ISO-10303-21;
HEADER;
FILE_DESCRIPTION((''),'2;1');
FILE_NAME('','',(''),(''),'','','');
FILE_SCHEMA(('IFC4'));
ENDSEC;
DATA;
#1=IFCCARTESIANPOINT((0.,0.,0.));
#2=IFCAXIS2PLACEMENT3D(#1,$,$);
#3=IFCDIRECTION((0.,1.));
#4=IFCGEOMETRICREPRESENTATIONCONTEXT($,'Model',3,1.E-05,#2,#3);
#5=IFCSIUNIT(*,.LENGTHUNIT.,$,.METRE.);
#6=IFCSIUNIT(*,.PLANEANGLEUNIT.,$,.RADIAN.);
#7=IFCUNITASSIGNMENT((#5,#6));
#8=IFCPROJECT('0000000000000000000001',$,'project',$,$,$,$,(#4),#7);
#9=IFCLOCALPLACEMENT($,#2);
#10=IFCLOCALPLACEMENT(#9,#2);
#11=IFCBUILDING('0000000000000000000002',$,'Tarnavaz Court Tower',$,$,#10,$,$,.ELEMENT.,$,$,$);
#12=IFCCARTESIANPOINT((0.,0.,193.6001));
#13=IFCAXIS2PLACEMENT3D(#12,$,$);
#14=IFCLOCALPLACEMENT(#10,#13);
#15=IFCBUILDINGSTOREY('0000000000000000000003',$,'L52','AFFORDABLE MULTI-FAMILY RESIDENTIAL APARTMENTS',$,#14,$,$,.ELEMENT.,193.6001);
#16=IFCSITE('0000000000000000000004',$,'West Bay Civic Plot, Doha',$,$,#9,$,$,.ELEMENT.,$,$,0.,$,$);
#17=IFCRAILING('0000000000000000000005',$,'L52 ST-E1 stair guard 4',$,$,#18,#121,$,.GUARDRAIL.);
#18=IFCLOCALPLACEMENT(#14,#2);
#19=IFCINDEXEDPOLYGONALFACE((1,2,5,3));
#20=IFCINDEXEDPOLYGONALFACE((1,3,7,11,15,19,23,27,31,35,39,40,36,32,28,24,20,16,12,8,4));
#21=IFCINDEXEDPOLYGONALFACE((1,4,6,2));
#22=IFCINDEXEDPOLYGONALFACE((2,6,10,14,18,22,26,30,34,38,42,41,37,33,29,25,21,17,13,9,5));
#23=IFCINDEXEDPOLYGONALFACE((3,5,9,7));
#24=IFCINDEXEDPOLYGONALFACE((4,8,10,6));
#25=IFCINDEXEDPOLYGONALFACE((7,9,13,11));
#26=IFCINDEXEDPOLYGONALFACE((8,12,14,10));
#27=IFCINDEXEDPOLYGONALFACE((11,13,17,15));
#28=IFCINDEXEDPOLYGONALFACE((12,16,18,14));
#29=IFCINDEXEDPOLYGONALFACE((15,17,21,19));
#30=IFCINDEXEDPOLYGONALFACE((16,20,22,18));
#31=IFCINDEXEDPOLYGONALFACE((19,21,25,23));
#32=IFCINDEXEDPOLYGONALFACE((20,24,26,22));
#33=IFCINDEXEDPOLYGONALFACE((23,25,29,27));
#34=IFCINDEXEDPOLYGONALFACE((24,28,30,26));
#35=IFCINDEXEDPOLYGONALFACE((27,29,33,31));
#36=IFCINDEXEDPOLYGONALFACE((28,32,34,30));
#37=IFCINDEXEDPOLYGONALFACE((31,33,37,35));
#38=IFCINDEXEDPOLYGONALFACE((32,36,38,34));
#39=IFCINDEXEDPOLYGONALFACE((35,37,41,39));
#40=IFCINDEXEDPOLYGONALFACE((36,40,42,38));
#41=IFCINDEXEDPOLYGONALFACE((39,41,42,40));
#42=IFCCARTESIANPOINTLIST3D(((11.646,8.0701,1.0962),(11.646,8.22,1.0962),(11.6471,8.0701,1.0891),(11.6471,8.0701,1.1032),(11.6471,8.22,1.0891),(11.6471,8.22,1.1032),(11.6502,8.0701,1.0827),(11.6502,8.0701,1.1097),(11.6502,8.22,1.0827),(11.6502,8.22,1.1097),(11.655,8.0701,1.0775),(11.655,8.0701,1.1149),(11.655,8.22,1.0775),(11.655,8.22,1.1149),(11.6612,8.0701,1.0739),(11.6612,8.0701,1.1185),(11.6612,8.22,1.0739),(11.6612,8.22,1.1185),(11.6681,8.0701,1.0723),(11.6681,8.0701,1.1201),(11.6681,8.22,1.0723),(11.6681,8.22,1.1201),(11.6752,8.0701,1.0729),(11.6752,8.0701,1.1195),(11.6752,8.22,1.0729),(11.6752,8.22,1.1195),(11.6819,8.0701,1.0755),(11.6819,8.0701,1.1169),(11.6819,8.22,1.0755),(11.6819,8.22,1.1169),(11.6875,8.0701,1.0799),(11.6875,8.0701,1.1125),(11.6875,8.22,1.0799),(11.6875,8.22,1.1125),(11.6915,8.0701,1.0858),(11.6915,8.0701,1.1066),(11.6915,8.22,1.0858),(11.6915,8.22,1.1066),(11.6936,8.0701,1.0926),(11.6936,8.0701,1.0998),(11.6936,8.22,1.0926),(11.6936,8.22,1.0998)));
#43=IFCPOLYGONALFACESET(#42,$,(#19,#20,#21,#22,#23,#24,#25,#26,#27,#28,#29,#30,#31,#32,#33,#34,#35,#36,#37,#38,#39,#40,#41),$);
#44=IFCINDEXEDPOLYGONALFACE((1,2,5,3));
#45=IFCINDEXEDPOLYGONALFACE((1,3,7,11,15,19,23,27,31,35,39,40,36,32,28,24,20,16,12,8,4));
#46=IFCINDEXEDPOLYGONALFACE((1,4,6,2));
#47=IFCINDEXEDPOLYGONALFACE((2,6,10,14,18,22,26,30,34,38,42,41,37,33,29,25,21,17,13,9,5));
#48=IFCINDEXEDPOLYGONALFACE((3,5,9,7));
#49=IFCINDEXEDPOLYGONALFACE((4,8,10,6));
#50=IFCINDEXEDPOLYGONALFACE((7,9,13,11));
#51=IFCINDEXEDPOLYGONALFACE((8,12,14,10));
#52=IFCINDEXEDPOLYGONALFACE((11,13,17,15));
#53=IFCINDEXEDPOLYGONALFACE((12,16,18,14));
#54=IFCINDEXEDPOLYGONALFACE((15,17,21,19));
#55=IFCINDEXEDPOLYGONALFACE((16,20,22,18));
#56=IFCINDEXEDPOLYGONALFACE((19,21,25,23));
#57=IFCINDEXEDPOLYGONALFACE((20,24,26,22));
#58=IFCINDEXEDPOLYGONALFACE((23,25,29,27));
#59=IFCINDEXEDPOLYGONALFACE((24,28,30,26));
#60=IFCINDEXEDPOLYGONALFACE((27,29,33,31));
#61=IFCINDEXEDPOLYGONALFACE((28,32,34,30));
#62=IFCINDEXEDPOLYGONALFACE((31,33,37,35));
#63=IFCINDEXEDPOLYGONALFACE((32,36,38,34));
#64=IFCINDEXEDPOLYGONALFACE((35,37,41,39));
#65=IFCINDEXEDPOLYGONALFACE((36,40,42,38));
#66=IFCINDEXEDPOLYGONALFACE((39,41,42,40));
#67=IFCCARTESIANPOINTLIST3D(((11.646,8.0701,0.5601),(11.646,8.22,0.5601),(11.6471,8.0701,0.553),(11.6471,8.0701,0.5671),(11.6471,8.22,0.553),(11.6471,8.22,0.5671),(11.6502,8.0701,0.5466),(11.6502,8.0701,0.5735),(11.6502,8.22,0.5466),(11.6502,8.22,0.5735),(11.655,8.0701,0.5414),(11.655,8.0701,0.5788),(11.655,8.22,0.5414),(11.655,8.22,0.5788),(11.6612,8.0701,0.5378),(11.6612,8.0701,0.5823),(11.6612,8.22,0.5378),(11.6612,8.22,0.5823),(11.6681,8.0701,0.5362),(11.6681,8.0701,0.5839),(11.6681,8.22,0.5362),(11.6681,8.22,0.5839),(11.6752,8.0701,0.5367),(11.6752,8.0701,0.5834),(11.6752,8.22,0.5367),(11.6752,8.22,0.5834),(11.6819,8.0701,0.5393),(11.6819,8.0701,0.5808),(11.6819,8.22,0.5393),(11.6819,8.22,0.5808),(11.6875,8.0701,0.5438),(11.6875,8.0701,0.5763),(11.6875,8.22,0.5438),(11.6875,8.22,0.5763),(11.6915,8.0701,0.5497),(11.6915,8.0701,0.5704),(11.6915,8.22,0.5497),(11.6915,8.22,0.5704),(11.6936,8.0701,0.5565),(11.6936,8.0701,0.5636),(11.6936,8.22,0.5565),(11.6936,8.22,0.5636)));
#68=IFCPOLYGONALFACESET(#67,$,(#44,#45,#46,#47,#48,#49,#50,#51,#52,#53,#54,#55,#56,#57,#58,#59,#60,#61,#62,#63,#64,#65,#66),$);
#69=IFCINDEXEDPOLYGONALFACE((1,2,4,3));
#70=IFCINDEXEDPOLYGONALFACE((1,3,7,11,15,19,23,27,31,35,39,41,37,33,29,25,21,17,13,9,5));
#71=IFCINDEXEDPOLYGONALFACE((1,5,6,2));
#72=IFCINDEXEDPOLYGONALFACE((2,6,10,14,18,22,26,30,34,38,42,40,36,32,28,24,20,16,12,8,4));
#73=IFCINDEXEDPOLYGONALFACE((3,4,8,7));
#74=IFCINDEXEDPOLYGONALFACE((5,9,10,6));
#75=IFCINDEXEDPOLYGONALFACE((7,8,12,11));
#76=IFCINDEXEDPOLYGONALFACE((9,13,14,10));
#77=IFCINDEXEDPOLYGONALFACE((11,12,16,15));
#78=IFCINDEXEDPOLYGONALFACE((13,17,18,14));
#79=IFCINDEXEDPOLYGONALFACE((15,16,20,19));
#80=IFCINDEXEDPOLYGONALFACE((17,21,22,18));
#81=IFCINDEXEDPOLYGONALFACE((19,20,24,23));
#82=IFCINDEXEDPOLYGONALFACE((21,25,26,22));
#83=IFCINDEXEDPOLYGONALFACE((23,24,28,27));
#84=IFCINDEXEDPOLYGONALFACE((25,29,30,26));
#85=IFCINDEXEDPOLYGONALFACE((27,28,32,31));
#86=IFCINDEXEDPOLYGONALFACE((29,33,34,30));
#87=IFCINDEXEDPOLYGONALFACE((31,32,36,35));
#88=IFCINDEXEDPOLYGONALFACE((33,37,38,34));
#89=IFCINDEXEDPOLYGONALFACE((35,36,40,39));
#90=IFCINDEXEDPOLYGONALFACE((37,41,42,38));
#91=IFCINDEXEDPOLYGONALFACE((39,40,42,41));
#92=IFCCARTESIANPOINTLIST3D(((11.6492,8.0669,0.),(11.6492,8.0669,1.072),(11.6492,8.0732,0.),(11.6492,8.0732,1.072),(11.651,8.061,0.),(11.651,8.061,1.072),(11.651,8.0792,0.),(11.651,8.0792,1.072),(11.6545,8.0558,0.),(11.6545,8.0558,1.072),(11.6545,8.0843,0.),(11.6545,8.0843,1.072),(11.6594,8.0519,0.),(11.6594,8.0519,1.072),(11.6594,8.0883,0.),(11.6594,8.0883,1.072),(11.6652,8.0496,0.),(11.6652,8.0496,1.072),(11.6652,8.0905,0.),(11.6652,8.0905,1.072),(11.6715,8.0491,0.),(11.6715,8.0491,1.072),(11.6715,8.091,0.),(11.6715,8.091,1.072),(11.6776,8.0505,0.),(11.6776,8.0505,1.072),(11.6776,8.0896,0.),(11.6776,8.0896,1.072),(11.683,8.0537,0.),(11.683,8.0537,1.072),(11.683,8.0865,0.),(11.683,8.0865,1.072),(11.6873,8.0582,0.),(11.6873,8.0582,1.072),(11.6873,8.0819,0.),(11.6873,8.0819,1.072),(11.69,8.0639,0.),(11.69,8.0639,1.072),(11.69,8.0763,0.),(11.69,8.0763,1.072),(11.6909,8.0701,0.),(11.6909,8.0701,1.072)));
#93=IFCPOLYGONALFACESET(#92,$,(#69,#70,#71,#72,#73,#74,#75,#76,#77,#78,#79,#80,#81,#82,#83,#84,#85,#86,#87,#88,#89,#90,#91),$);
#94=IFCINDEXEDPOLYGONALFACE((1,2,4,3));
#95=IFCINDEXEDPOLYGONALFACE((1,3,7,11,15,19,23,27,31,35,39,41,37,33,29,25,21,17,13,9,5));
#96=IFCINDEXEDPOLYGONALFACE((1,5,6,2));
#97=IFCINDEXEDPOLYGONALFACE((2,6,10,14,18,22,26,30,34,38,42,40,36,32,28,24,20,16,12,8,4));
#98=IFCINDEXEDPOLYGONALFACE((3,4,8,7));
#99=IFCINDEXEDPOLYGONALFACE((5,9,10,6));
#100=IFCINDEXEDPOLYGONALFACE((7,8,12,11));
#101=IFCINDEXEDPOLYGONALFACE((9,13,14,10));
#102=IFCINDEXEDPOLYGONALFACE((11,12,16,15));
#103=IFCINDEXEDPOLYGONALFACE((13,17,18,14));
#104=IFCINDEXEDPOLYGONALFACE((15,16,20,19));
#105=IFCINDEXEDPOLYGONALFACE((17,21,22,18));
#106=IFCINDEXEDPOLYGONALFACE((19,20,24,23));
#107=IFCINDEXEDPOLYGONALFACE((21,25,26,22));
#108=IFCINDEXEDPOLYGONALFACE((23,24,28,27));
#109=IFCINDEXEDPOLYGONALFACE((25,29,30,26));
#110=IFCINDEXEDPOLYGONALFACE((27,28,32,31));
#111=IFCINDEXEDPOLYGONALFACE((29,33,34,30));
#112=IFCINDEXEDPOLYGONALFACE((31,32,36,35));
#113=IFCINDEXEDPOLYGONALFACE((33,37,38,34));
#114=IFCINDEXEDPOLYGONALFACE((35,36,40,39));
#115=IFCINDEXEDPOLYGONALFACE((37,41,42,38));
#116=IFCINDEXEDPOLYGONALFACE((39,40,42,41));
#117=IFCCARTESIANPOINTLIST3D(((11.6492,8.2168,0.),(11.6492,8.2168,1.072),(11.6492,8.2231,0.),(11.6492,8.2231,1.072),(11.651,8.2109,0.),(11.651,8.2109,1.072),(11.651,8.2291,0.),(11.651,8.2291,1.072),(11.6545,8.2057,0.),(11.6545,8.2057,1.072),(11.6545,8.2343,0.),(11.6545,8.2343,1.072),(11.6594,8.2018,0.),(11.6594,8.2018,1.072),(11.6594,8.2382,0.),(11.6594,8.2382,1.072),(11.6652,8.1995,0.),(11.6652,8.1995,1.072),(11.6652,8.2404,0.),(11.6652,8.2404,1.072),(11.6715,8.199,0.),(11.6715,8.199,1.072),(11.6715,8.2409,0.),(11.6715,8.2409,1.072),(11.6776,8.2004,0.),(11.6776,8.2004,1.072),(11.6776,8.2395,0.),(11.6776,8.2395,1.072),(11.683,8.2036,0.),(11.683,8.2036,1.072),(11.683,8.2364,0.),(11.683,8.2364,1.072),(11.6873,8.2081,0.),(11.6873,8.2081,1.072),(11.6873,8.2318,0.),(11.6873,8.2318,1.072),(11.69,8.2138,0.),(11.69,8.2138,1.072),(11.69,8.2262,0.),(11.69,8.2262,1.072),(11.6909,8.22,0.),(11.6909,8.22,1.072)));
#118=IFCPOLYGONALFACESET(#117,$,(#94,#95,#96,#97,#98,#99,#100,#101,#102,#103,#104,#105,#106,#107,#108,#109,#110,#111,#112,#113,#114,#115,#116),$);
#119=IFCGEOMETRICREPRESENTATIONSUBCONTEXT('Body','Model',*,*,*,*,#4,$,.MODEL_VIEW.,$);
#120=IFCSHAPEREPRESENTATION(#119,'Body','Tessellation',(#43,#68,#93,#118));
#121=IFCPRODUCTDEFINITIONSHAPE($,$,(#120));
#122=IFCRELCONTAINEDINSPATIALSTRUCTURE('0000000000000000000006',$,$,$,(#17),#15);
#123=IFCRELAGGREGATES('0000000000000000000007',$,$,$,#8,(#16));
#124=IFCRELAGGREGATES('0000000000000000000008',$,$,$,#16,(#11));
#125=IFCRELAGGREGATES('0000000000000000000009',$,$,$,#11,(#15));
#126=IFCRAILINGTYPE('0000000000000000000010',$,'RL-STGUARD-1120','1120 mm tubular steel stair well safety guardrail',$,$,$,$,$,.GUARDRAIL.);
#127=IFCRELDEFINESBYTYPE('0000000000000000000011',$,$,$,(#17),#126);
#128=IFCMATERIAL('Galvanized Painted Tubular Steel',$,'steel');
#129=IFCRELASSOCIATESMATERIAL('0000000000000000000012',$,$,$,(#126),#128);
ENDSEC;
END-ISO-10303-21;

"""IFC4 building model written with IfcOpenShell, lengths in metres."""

from ifc_helpers import new_model, si_unit, direction, frame, origin, origin_2d, place, context, subcontext, project, spatial, circle, extrude, material, type_object, element, save


model = new_model("IFC4")

# Units and contexts
model_context = context("Model", 3, precision=1e-05, world=origin(), true_north=direction((0.0, 1.0)))
body_context = subcontext(model_context, "Body", "Model", "MODEL_VIEW")
ifc_project = project(units=[si_unit("LENGTHUNIT", "METRE"), si_unit("PLANEANGLEUNIT", "RADIAN")], contexts=[model_context])

# Site, building, storey
site_placement = place(None, origin())
site = spatial("IfcSite", under=ifc_project, at=site_placement, Name="West Bay Civic Plot, Doha", CompositionType="ELEMENT", RefElevation=0.0)
building_placement = place(site_placement, origin())
building = spatial("IfcBuilding", under=site, at=building_placement, Name="Tarnavaz Court Tower", CompositionType="ELEMENT")
storey_placement = place(building_placement, frame((0.0, 0.0, 193.6001)))
storey = spatial("IfcBuildingStorey", under=building, at=storey_placement, Name="L52", Description="AFFORDABLE MULTI-FAMILY RESIDENTIAL APARTMENTS", CompositionType="ELEMENT", Elevation=193.6001)

# Railing
ifc_material_1 = material(Name="Galvanized Painted Tubular Steel", Category="steel")
railing_type_1 = type_object("IfcRailingType", Name="RL-STGUARD-1120", Description="1120 mm tubular steel stair well safety guardrail", PredefinedType="GUARDRAIL", material=ifc_material_1)
for number, where, name in (
    (1, (11.6699, 8.0701, 0.0), "L52 ST-E1 stair guard 4"),
):
    element("IfcRailing", number, at=place(storey_placement, frame(where)), inside=storey, type_object=railing_type_1, Name=name, PredefinedType="GUARDRAIL", context=body_context, shape_type="SweptSolid", body=[
        extrude(circle(Radius=0.0239, at=origin_2d()), frame((0.0, 0.0, 1.0962), z_axis=(0.0, 1.0, 0.0), x_axis=(-1.0, 0.0, 0.0)), (0.0, 0.0, 1.0), 0.1499),
        extrude(circle(Radius=0.0239, at=origin_2d()), frame((0.0, 0.0, 0.5601), z_axis=(0.0, 1.0, 0.0), x_axis=(-1.0, 0.0, 0.0)), (0.0, 0.0, 1.0), 0.1499),
        extrude(circle(Radius=0.021, at=origin_2d()), origin(), (0.0, 0.0, 1.0), 1.072),
        extrude(circle(Radius=0.021, at=origin_2d()), frame((0.0, 0.1499, 0.0)), (0.0, 0.0, 1.0), 1.072),
    ])

save(model, "model.ifc")
